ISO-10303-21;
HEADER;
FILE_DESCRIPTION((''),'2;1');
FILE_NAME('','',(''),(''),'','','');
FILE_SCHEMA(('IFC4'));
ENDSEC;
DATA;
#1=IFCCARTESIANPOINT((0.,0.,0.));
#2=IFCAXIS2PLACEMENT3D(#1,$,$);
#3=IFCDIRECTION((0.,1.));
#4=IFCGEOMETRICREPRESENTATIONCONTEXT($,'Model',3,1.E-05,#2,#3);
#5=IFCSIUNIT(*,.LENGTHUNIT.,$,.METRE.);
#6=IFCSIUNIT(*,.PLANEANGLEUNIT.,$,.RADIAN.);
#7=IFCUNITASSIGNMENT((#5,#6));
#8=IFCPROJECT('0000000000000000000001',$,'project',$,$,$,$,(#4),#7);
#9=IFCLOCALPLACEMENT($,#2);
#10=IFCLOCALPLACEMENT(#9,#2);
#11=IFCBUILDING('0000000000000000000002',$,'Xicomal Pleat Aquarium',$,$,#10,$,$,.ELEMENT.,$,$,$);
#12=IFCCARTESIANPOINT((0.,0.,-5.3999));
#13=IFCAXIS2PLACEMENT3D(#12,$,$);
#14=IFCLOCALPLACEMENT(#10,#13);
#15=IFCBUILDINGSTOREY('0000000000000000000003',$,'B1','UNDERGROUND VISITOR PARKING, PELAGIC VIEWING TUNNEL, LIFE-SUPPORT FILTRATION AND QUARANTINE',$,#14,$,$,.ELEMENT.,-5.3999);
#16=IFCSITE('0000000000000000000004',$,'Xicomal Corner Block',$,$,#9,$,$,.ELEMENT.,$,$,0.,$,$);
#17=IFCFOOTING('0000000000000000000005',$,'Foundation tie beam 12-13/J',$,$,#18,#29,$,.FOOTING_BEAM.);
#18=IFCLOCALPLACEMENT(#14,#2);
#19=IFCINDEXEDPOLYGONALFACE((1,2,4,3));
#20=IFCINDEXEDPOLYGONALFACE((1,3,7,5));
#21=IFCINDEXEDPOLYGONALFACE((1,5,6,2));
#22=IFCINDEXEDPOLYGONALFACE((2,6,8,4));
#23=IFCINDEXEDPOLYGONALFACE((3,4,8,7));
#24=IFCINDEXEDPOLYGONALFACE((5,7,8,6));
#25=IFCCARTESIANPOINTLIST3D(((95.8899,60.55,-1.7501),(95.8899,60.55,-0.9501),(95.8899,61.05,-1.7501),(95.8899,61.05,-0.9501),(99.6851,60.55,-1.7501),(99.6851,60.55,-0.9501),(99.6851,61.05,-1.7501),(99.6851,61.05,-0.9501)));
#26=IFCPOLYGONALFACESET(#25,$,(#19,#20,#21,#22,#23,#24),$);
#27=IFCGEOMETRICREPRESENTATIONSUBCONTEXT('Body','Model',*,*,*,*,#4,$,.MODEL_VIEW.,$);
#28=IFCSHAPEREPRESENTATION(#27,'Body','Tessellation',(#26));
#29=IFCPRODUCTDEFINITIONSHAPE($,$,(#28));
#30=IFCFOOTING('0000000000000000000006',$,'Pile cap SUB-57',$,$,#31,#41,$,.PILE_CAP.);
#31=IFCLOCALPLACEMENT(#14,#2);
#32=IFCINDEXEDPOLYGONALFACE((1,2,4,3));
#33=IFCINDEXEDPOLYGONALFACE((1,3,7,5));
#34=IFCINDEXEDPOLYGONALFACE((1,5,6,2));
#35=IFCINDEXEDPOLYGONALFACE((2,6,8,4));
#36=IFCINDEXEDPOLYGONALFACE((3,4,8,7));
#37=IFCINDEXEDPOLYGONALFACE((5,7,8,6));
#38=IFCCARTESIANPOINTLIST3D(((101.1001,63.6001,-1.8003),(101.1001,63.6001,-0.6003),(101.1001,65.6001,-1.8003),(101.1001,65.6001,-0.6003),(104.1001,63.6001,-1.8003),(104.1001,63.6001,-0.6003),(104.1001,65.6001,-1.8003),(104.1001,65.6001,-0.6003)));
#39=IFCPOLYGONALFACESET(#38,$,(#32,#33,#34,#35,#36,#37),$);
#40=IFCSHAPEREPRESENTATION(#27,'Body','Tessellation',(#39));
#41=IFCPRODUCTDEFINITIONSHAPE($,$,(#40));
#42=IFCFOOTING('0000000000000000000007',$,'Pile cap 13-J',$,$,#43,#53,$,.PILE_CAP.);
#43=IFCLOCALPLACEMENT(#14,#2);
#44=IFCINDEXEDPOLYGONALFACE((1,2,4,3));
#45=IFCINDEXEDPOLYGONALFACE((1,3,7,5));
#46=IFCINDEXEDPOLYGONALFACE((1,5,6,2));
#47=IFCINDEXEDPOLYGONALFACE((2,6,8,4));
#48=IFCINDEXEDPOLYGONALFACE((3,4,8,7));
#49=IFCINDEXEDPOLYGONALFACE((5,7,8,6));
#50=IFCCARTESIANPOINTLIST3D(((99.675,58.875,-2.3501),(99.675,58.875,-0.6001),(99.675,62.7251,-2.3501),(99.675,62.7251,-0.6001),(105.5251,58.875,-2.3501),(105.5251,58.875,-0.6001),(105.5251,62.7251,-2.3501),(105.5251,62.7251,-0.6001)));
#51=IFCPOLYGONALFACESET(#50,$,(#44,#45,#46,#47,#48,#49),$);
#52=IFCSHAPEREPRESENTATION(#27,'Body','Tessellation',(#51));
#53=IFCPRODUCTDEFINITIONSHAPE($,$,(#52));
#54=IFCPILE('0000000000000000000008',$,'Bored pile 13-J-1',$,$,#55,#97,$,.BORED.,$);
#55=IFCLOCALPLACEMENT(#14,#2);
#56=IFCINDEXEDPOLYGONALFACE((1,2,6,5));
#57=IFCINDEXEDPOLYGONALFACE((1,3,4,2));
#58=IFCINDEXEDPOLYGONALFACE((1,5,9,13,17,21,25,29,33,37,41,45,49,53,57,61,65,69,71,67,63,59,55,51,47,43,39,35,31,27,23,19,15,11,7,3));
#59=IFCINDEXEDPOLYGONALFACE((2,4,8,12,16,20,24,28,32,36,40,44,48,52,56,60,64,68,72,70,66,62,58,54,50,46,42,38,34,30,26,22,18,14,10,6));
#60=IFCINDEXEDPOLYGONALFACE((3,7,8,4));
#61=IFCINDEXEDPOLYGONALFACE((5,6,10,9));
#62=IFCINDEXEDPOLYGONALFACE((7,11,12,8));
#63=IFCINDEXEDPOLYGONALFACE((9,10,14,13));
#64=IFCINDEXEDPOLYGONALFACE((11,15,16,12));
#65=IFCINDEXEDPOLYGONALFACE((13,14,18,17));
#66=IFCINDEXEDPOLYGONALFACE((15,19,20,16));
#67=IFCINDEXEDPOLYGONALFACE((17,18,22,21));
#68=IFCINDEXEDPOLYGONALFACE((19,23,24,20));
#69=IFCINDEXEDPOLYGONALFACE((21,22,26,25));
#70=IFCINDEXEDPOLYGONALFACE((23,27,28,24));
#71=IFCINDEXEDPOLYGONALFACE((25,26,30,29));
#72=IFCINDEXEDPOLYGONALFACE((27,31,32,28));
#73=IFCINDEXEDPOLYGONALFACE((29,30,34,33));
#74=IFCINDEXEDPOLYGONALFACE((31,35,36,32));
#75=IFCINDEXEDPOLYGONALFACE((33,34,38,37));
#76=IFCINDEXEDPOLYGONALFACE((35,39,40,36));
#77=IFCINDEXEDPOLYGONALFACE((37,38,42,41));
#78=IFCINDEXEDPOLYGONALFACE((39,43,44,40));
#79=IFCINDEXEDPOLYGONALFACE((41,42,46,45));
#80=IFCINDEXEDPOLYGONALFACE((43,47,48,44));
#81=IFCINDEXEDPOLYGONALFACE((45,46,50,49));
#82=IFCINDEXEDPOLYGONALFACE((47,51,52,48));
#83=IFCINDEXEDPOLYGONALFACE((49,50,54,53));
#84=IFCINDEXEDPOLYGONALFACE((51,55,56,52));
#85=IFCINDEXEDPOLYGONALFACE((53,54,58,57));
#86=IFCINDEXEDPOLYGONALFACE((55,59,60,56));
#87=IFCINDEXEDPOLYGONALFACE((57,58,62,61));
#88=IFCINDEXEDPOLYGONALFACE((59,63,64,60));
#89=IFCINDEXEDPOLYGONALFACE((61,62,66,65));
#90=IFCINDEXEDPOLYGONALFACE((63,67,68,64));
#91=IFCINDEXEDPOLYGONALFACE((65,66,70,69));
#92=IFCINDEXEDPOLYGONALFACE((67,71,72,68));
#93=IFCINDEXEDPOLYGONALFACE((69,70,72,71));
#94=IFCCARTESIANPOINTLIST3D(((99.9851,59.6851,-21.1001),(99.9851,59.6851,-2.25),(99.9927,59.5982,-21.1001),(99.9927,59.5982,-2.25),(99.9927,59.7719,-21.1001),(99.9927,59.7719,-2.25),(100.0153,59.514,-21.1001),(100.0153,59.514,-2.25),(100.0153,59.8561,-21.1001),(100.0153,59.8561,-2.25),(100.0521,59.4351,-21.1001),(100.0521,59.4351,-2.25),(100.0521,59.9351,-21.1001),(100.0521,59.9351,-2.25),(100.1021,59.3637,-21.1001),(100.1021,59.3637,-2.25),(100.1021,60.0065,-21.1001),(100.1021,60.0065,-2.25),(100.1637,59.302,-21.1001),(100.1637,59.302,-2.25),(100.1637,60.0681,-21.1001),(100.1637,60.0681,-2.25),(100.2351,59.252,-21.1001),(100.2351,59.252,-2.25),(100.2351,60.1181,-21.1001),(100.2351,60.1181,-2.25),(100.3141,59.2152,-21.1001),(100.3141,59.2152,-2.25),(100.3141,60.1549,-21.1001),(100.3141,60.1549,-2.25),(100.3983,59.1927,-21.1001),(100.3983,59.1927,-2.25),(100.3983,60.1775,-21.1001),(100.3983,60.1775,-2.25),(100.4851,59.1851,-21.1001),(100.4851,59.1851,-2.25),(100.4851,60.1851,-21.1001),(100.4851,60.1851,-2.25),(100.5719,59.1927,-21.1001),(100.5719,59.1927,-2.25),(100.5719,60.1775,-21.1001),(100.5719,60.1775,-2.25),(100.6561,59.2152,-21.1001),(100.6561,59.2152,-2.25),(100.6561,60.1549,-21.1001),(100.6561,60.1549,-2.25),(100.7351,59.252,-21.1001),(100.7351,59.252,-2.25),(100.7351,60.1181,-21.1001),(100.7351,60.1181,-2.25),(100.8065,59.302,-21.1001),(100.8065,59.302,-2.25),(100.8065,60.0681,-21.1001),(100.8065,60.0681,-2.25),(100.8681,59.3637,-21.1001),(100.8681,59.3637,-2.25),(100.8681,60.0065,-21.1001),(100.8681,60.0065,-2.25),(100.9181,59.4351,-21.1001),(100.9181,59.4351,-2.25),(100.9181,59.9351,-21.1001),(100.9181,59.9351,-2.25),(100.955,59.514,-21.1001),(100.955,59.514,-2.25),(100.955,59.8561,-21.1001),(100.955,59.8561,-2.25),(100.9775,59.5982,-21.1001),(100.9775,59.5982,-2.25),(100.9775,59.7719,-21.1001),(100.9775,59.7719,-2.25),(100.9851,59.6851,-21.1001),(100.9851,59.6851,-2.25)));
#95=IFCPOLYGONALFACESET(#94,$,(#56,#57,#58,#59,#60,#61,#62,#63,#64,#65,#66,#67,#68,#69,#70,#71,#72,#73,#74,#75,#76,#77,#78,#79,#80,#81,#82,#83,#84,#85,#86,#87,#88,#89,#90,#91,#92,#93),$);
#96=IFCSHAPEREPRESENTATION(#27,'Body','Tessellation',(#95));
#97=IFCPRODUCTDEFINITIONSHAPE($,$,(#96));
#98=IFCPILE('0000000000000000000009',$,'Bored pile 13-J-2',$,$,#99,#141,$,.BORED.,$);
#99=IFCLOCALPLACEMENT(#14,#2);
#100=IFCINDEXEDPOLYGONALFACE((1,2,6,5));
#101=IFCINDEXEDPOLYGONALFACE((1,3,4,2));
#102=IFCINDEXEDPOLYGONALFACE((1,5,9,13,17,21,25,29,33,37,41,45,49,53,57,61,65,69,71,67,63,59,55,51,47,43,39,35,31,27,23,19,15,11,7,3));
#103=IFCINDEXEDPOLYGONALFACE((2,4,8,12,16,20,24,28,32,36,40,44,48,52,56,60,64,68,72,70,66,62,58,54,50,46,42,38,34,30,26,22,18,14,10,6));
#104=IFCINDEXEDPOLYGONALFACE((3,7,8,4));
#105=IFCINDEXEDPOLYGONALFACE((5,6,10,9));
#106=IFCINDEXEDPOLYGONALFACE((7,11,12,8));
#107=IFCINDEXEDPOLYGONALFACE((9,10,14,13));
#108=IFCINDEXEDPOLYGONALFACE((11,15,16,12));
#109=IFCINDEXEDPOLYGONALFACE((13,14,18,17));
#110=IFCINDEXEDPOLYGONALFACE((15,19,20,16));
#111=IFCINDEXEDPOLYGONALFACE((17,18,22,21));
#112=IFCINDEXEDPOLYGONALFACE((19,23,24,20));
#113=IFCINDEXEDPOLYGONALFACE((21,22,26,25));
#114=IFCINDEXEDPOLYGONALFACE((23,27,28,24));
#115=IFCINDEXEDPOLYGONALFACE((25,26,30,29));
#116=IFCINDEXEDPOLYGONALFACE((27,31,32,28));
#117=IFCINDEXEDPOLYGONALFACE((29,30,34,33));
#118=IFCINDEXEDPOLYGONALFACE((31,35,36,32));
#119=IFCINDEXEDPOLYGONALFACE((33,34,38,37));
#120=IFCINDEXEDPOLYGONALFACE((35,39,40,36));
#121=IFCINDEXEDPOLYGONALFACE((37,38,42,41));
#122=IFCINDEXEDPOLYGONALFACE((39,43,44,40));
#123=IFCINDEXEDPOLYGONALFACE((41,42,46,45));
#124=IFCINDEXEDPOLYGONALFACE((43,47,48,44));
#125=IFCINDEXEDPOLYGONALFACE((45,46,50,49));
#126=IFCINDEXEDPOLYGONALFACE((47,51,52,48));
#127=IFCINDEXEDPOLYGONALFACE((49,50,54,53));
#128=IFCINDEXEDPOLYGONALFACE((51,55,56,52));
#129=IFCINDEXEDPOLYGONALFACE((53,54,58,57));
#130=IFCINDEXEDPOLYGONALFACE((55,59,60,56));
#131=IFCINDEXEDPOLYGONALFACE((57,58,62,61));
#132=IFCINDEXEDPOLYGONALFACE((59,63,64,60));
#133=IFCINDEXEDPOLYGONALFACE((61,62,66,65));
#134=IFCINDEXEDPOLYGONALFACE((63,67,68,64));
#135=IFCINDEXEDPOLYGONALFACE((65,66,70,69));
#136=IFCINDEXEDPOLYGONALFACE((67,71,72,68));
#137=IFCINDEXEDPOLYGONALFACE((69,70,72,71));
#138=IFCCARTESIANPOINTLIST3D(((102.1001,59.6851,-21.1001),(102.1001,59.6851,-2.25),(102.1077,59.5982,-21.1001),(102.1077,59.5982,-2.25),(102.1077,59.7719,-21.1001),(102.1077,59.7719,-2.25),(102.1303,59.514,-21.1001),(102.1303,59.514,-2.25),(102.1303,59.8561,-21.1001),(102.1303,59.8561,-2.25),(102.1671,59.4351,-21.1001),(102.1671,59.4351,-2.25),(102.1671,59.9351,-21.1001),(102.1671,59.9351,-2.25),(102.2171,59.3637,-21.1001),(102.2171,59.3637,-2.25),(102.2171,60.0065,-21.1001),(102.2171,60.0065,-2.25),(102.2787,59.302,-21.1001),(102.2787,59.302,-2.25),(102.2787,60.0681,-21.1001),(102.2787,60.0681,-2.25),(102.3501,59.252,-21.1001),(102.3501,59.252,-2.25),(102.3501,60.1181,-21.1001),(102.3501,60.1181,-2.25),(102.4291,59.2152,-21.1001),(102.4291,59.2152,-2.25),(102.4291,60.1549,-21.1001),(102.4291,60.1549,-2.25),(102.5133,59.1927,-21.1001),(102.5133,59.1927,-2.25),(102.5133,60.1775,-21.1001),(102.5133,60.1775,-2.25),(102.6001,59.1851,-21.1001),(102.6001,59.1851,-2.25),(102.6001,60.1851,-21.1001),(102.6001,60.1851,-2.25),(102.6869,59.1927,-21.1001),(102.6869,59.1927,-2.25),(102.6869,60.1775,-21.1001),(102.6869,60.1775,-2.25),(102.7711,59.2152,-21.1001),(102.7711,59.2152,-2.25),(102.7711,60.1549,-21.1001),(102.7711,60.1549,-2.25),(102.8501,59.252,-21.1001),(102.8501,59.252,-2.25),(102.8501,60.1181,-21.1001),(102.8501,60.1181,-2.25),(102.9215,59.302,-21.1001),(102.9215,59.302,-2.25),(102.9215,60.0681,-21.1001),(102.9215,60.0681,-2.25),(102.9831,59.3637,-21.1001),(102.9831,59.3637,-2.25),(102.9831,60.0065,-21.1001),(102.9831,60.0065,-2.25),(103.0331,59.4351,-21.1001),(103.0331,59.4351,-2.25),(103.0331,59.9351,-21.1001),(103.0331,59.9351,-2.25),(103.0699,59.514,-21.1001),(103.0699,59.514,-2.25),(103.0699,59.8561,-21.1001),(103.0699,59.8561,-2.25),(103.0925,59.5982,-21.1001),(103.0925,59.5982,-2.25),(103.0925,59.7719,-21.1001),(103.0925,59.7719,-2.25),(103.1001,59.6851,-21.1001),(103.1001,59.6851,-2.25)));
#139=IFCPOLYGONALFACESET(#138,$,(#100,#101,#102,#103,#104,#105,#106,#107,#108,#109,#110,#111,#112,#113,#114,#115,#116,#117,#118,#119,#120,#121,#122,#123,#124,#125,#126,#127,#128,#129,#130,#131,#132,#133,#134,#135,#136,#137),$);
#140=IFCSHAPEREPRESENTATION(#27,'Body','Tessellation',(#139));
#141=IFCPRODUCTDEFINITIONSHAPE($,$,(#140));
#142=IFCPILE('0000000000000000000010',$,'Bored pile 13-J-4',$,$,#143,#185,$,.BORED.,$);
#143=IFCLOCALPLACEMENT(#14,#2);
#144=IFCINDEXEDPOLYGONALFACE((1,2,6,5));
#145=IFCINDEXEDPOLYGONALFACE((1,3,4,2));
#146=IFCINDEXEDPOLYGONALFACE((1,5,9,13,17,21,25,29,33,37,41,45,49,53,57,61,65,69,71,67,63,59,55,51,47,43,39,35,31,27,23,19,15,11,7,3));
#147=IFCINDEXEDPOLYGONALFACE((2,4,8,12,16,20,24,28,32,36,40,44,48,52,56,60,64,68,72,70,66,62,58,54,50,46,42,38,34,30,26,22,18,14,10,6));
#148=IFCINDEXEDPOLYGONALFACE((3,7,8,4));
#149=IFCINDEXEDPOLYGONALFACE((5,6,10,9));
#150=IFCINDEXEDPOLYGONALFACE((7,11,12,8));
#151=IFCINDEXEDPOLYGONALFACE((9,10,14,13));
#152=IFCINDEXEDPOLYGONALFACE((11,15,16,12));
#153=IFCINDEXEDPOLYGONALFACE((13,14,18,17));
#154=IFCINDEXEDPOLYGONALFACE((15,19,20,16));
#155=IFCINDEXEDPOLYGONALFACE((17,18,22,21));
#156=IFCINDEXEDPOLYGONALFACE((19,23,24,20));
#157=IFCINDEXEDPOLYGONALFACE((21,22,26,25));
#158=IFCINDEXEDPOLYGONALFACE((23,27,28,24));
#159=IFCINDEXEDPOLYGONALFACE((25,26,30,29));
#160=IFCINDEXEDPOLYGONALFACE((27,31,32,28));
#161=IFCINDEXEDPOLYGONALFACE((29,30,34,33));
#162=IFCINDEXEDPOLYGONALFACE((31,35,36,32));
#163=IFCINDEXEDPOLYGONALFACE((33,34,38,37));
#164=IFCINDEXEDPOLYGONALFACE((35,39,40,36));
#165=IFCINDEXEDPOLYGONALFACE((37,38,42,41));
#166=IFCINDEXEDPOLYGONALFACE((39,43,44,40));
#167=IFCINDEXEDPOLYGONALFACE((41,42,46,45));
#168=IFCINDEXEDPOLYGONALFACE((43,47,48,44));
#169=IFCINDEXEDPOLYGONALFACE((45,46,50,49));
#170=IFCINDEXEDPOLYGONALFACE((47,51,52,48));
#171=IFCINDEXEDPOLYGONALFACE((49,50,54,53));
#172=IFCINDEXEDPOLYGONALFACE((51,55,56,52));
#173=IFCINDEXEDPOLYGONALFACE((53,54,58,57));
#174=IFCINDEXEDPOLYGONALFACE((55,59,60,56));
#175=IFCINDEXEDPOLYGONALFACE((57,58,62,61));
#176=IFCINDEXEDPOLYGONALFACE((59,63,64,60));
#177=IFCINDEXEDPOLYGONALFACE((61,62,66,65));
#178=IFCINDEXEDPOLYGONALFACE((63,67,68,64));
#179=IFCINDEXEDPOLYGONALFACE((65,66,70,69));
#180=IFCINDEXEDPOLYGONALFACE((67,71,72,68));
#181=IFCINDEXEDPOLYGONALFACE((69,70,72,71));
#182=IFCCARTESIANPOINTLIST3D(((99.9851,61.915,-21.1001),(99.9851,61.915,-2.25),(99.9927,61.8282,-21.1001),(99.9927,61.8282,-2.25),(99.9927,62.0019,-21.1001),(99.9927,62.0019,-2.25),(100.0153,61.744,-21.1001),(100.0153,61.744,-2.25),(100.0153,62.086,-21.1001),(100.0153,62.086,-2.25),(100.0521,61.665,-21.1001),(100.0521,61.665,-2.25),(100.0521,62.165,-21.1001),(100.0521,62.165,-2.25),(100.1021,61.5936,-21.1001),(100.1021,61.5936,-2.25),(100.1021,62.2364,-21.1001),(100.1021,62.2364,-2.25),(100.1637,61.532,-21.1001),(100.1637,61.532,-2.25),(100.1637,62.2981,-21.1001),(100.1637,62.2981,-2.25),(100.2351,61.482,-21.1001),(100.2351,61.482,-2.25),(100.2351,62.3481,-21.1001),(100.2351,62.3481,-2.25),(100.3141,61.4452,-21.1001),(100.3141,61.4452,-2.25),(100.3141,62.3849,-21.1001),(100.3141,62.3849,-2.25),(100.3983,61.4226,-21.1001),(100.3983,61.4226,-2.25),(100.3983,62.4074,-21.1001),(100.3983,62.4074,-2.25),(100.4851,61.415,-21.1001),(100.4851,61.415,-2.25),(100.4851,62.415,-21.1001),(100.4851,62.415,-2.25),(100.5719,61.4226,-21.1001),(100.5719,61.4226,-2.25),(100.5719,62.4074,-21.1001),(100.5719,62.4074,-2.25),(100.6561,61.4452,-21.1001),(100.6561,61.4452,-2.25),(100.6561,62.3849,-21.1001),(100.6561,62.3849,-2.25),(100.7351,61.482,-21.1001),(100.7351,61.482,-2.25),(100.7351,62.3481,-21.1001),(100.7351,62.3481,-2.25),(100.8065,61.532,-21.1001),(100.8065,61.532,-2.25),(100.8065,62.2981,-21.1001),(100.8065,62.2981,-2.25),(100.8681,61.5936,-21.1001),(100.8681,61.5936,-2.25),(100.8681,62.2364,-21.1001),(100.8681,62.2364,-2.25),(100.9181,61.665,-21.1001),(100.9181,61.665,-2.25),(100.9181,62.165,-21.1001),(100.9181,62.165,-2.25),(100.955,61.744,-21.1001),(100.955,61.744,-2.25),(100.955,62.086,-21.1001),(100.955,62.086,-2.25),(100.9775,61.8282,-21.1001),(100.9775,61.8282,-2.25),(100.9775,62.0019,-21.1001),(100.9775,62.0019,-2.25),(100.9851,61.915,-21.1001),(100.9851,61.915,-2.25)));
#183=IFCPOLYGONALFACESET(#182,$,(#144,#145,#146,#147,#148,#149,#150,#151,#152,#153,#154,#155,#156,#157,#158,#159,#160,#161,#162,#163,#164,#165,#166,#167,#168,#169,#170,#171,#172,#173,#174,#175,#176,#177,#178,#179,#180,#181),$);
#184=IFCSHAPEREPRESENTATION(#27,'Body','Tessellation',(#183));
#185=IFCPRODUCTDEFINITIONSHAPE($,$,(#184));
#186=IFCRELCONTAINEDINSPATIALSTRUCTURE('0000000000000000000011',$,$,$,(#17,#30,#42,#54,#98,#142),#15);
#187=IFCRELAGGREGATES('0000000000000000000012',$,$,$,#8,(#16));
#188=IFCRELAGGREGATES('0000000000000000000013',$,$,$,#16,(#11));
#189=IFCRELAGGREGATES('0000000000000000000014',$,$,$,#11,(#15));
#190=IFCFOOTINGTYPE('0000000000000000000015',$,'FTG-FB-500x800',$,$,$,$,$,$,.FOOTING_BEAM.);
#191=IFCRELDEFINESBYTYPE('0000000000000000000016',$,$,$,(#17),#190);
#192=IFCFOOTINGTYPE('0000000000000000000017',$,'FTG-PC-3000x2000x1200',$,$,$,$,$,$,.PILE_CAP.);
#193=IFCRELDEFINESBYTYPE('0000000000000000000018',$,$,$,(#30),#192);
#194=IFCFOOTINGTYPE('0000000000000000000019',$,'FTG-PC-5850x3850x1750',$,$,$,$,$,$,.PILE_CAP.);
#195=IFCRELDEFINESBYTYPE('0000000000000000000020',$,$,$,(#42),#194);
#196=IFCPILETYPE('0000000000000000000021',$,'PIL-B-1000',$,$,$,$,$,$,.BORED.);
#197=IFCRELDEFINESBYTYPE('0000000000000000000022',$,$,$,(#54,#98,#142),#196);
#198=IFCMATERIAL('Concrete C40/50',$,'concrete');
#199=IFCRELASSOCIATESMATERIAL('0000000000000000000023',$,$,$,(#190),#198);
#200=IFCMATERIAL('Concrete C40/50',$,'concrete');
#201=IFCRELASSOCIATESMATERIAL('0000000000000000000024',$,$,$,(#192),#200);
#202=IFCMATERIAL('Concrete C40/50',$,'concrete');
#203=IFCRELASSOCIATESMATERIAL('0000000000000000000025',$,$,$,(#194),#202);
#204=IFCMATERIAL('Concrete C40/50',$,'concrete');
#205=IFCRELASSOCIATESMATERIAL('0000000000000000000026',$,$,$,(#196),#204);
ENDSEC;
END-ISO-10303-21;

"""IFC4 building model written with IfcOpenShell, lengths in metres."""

from ifc_helpers import new_model, si_unit, direction, frame, origin, origin_2d, place, context, subcontext, project, spatial, rectangle, circle, extrude, material, material_profile, profile_set, type_object, element, save


model = new_model("IFC4")

# Units and contexts
model_context = context("Model", 3, precision=1e-05, world=origin(), true_north=direction((0.0, 1.0)))
body_context = subcontext(model_context, "Body", "Model", "MODEL_VIEW")
ifc_project = project(units=[si_unit("LENGTHUNIT", "METRE"), si_unit("PLANEANGLEUNIT", "RADIAN")], contexts=[model_context])

# Site, building, storey
site_placement = place(None, origin())
site = spatial("IfcSite", under=ifc_project, at=site_placement, Name="Xicomal Corner Block", CompositionType="ELEMENT", RefElevation=0.0)
building_placement = place(site_placement, origin())
building = spatial("IfcBuilding", under=site, at=building_placement, Name="Xicomal Pleat Aquarium", CompositionType="ELEMENT")
storey_placement = place(building_placement, frame((0.0, 0.0, -5.3999)))
storey = spatial("IfcBuildingStorey", under=building, at=storey_placement, Name="B1", Description="UNDERGROUND VISITOR PARKING, PELAGIC VIEWING TUNNEL, LIFE-SUPPORT FILTRATION AND QUARANTINE", CompositionType="ELEMENT", Elevation=-5.3999)

# Footings
ifc_material_1 = material(Name="Concrete C40/50", Category="concrete")
ifc_material_profile_1 = material_profile(ifc_material_1, rectangle(XDim=0.5, YDim=0.8, at=origin_2d()), Name="FB-01 500x800")
ifc_profile_set_1 = profile_set([ifc_material_profile_1], Name="Concrete C40/50")
footing_type_1 = type_object("IfcFootingType", Name="FTG-FB-500x800", PredefinedType="FOOTING_BEAM", material=ifc_profile_set_1)
footing_1_placement = place(storey_placement, frame((95.8899, 60.8, -1.3501), z_axis=(1.0, 0.0, 0.0), x_axis=(0.0, 1.0, 0.0)))
element("IfcFooting", 1, at=footing_1_placement, inside=storey, type_object=footing_type_1, Name="Foundation tie beam 12-13/J", PredefinedType="FOOTING_BEAM", context=body_context, shape_type="SweptSolid", body=[
    extrude(rectangle(XDim=0.5, YDim=0.8, at=origin_2d()), origin(), (0.0, 0.0, 1.0), 3.7952),
])
ifc_material_2 = material(Name="Concrete C40/50", Category="concrete")
footing_type_2 = type_object("IfcFootingType", Name="FTG-PC-3000x2000x1200", PredefinedType="PILE_CAP", material=ifc_material_2)
footing_2_placement = place(storey_placement, frame((102.6001, 64.6001, -1.8003), z_axis=(0.0, 0.0, 1.0), x_axis=(1.0, 0.0, 0.0)))
element("IfcFooting", 2, at=footing_2_placement, inside=storey, type_object=footing_type_2, Name="Pile cap SUB-57", PredefinedType="PILE_CAP", context=body_context, shape_type="SweptSolid", body=[
    extrude(rectangle(XDim=3.0, YDim=2.0, at=origin_2d()), origin(), (0.0, 0.0, 1.0), 1.2),
])
ifc_material_3 = material(Name="Concrete C40/50", Category="concrete")
footing_type_3 = type_object("IfcFootingType", Name="FTG-PC-5850x3850x1750", PredefinedType="PILE_CAP", material=ifc_material_3)
footing_3_placement = place(storey_placement, frame((102.6001, 60.8, -2.3501), z_axis=(0.0, 0.0, 1.0), x_axis=(1.0, 0.0, 0.0)))
element("IfcFooting", 3, at=footing_3_placement, inside=storey, type_object=footing_type_3, Name="Pile cap 13-J", PredefinedType="PILE_CAP", context=body_context, shape_type="SweptSolid", body=[
    extrude(rectangle(XDim=5.8501, YDim=3.8501, at=origin_2d()), origin(), (0.0, 0.0, 1.0), 1.75),
])

# Piles
ifc_material_4 = material(Name="Concrete C40/50", Category="concrete")
ifc_material_profile_2 = material_profile(ifc_material_4, circle(Radius=0.5, at=origin_2d()), Name="BORED PILE D1000")
ifc_profile_set_2 = profile_set([ifc_material_profile_2], Name="Concrete C40/50")
pile_type_1 = type_object("IfcPileType", Name="PIL-B-1000", PredefinedType="BORED", material=ifc_profile_set_2)
for number, where, z_axis, x_axis, name in (
    (4, (100.4851, 59.6851, -2.25), (0.0, 0.0, -1.0), (1.0, 0.0, 0.0), "Bored pile 13-J-1"),
    (5, (102.6001, 59.6851, -2.25), (0.0, 0.0, -1.0), (1.0, 0.0, 0.0), "Bored pile 13-J-2"),
    (6, (100.4851, 61.915, -2.25), (0.0, 0.0, -1.0), (1.0, 0.0, 0.0), "Bored pile 13-J-4"),
):
    element("IfcPile", number, at=place(storey_placement, frame(where, z_axis=z_axis, x_axis=x_axis)), inside=storey, type_object=pile_type_1, Name=name, PredefinedType="BORED", context=body_context, shape_type="SweptSolid", body=[
        extrude(circle(Radius=0.5, at=origin_2d()), origin(), (0.0, 0.0, 1.0), 18.8501),
    ])

save(model, "model.ifc")
